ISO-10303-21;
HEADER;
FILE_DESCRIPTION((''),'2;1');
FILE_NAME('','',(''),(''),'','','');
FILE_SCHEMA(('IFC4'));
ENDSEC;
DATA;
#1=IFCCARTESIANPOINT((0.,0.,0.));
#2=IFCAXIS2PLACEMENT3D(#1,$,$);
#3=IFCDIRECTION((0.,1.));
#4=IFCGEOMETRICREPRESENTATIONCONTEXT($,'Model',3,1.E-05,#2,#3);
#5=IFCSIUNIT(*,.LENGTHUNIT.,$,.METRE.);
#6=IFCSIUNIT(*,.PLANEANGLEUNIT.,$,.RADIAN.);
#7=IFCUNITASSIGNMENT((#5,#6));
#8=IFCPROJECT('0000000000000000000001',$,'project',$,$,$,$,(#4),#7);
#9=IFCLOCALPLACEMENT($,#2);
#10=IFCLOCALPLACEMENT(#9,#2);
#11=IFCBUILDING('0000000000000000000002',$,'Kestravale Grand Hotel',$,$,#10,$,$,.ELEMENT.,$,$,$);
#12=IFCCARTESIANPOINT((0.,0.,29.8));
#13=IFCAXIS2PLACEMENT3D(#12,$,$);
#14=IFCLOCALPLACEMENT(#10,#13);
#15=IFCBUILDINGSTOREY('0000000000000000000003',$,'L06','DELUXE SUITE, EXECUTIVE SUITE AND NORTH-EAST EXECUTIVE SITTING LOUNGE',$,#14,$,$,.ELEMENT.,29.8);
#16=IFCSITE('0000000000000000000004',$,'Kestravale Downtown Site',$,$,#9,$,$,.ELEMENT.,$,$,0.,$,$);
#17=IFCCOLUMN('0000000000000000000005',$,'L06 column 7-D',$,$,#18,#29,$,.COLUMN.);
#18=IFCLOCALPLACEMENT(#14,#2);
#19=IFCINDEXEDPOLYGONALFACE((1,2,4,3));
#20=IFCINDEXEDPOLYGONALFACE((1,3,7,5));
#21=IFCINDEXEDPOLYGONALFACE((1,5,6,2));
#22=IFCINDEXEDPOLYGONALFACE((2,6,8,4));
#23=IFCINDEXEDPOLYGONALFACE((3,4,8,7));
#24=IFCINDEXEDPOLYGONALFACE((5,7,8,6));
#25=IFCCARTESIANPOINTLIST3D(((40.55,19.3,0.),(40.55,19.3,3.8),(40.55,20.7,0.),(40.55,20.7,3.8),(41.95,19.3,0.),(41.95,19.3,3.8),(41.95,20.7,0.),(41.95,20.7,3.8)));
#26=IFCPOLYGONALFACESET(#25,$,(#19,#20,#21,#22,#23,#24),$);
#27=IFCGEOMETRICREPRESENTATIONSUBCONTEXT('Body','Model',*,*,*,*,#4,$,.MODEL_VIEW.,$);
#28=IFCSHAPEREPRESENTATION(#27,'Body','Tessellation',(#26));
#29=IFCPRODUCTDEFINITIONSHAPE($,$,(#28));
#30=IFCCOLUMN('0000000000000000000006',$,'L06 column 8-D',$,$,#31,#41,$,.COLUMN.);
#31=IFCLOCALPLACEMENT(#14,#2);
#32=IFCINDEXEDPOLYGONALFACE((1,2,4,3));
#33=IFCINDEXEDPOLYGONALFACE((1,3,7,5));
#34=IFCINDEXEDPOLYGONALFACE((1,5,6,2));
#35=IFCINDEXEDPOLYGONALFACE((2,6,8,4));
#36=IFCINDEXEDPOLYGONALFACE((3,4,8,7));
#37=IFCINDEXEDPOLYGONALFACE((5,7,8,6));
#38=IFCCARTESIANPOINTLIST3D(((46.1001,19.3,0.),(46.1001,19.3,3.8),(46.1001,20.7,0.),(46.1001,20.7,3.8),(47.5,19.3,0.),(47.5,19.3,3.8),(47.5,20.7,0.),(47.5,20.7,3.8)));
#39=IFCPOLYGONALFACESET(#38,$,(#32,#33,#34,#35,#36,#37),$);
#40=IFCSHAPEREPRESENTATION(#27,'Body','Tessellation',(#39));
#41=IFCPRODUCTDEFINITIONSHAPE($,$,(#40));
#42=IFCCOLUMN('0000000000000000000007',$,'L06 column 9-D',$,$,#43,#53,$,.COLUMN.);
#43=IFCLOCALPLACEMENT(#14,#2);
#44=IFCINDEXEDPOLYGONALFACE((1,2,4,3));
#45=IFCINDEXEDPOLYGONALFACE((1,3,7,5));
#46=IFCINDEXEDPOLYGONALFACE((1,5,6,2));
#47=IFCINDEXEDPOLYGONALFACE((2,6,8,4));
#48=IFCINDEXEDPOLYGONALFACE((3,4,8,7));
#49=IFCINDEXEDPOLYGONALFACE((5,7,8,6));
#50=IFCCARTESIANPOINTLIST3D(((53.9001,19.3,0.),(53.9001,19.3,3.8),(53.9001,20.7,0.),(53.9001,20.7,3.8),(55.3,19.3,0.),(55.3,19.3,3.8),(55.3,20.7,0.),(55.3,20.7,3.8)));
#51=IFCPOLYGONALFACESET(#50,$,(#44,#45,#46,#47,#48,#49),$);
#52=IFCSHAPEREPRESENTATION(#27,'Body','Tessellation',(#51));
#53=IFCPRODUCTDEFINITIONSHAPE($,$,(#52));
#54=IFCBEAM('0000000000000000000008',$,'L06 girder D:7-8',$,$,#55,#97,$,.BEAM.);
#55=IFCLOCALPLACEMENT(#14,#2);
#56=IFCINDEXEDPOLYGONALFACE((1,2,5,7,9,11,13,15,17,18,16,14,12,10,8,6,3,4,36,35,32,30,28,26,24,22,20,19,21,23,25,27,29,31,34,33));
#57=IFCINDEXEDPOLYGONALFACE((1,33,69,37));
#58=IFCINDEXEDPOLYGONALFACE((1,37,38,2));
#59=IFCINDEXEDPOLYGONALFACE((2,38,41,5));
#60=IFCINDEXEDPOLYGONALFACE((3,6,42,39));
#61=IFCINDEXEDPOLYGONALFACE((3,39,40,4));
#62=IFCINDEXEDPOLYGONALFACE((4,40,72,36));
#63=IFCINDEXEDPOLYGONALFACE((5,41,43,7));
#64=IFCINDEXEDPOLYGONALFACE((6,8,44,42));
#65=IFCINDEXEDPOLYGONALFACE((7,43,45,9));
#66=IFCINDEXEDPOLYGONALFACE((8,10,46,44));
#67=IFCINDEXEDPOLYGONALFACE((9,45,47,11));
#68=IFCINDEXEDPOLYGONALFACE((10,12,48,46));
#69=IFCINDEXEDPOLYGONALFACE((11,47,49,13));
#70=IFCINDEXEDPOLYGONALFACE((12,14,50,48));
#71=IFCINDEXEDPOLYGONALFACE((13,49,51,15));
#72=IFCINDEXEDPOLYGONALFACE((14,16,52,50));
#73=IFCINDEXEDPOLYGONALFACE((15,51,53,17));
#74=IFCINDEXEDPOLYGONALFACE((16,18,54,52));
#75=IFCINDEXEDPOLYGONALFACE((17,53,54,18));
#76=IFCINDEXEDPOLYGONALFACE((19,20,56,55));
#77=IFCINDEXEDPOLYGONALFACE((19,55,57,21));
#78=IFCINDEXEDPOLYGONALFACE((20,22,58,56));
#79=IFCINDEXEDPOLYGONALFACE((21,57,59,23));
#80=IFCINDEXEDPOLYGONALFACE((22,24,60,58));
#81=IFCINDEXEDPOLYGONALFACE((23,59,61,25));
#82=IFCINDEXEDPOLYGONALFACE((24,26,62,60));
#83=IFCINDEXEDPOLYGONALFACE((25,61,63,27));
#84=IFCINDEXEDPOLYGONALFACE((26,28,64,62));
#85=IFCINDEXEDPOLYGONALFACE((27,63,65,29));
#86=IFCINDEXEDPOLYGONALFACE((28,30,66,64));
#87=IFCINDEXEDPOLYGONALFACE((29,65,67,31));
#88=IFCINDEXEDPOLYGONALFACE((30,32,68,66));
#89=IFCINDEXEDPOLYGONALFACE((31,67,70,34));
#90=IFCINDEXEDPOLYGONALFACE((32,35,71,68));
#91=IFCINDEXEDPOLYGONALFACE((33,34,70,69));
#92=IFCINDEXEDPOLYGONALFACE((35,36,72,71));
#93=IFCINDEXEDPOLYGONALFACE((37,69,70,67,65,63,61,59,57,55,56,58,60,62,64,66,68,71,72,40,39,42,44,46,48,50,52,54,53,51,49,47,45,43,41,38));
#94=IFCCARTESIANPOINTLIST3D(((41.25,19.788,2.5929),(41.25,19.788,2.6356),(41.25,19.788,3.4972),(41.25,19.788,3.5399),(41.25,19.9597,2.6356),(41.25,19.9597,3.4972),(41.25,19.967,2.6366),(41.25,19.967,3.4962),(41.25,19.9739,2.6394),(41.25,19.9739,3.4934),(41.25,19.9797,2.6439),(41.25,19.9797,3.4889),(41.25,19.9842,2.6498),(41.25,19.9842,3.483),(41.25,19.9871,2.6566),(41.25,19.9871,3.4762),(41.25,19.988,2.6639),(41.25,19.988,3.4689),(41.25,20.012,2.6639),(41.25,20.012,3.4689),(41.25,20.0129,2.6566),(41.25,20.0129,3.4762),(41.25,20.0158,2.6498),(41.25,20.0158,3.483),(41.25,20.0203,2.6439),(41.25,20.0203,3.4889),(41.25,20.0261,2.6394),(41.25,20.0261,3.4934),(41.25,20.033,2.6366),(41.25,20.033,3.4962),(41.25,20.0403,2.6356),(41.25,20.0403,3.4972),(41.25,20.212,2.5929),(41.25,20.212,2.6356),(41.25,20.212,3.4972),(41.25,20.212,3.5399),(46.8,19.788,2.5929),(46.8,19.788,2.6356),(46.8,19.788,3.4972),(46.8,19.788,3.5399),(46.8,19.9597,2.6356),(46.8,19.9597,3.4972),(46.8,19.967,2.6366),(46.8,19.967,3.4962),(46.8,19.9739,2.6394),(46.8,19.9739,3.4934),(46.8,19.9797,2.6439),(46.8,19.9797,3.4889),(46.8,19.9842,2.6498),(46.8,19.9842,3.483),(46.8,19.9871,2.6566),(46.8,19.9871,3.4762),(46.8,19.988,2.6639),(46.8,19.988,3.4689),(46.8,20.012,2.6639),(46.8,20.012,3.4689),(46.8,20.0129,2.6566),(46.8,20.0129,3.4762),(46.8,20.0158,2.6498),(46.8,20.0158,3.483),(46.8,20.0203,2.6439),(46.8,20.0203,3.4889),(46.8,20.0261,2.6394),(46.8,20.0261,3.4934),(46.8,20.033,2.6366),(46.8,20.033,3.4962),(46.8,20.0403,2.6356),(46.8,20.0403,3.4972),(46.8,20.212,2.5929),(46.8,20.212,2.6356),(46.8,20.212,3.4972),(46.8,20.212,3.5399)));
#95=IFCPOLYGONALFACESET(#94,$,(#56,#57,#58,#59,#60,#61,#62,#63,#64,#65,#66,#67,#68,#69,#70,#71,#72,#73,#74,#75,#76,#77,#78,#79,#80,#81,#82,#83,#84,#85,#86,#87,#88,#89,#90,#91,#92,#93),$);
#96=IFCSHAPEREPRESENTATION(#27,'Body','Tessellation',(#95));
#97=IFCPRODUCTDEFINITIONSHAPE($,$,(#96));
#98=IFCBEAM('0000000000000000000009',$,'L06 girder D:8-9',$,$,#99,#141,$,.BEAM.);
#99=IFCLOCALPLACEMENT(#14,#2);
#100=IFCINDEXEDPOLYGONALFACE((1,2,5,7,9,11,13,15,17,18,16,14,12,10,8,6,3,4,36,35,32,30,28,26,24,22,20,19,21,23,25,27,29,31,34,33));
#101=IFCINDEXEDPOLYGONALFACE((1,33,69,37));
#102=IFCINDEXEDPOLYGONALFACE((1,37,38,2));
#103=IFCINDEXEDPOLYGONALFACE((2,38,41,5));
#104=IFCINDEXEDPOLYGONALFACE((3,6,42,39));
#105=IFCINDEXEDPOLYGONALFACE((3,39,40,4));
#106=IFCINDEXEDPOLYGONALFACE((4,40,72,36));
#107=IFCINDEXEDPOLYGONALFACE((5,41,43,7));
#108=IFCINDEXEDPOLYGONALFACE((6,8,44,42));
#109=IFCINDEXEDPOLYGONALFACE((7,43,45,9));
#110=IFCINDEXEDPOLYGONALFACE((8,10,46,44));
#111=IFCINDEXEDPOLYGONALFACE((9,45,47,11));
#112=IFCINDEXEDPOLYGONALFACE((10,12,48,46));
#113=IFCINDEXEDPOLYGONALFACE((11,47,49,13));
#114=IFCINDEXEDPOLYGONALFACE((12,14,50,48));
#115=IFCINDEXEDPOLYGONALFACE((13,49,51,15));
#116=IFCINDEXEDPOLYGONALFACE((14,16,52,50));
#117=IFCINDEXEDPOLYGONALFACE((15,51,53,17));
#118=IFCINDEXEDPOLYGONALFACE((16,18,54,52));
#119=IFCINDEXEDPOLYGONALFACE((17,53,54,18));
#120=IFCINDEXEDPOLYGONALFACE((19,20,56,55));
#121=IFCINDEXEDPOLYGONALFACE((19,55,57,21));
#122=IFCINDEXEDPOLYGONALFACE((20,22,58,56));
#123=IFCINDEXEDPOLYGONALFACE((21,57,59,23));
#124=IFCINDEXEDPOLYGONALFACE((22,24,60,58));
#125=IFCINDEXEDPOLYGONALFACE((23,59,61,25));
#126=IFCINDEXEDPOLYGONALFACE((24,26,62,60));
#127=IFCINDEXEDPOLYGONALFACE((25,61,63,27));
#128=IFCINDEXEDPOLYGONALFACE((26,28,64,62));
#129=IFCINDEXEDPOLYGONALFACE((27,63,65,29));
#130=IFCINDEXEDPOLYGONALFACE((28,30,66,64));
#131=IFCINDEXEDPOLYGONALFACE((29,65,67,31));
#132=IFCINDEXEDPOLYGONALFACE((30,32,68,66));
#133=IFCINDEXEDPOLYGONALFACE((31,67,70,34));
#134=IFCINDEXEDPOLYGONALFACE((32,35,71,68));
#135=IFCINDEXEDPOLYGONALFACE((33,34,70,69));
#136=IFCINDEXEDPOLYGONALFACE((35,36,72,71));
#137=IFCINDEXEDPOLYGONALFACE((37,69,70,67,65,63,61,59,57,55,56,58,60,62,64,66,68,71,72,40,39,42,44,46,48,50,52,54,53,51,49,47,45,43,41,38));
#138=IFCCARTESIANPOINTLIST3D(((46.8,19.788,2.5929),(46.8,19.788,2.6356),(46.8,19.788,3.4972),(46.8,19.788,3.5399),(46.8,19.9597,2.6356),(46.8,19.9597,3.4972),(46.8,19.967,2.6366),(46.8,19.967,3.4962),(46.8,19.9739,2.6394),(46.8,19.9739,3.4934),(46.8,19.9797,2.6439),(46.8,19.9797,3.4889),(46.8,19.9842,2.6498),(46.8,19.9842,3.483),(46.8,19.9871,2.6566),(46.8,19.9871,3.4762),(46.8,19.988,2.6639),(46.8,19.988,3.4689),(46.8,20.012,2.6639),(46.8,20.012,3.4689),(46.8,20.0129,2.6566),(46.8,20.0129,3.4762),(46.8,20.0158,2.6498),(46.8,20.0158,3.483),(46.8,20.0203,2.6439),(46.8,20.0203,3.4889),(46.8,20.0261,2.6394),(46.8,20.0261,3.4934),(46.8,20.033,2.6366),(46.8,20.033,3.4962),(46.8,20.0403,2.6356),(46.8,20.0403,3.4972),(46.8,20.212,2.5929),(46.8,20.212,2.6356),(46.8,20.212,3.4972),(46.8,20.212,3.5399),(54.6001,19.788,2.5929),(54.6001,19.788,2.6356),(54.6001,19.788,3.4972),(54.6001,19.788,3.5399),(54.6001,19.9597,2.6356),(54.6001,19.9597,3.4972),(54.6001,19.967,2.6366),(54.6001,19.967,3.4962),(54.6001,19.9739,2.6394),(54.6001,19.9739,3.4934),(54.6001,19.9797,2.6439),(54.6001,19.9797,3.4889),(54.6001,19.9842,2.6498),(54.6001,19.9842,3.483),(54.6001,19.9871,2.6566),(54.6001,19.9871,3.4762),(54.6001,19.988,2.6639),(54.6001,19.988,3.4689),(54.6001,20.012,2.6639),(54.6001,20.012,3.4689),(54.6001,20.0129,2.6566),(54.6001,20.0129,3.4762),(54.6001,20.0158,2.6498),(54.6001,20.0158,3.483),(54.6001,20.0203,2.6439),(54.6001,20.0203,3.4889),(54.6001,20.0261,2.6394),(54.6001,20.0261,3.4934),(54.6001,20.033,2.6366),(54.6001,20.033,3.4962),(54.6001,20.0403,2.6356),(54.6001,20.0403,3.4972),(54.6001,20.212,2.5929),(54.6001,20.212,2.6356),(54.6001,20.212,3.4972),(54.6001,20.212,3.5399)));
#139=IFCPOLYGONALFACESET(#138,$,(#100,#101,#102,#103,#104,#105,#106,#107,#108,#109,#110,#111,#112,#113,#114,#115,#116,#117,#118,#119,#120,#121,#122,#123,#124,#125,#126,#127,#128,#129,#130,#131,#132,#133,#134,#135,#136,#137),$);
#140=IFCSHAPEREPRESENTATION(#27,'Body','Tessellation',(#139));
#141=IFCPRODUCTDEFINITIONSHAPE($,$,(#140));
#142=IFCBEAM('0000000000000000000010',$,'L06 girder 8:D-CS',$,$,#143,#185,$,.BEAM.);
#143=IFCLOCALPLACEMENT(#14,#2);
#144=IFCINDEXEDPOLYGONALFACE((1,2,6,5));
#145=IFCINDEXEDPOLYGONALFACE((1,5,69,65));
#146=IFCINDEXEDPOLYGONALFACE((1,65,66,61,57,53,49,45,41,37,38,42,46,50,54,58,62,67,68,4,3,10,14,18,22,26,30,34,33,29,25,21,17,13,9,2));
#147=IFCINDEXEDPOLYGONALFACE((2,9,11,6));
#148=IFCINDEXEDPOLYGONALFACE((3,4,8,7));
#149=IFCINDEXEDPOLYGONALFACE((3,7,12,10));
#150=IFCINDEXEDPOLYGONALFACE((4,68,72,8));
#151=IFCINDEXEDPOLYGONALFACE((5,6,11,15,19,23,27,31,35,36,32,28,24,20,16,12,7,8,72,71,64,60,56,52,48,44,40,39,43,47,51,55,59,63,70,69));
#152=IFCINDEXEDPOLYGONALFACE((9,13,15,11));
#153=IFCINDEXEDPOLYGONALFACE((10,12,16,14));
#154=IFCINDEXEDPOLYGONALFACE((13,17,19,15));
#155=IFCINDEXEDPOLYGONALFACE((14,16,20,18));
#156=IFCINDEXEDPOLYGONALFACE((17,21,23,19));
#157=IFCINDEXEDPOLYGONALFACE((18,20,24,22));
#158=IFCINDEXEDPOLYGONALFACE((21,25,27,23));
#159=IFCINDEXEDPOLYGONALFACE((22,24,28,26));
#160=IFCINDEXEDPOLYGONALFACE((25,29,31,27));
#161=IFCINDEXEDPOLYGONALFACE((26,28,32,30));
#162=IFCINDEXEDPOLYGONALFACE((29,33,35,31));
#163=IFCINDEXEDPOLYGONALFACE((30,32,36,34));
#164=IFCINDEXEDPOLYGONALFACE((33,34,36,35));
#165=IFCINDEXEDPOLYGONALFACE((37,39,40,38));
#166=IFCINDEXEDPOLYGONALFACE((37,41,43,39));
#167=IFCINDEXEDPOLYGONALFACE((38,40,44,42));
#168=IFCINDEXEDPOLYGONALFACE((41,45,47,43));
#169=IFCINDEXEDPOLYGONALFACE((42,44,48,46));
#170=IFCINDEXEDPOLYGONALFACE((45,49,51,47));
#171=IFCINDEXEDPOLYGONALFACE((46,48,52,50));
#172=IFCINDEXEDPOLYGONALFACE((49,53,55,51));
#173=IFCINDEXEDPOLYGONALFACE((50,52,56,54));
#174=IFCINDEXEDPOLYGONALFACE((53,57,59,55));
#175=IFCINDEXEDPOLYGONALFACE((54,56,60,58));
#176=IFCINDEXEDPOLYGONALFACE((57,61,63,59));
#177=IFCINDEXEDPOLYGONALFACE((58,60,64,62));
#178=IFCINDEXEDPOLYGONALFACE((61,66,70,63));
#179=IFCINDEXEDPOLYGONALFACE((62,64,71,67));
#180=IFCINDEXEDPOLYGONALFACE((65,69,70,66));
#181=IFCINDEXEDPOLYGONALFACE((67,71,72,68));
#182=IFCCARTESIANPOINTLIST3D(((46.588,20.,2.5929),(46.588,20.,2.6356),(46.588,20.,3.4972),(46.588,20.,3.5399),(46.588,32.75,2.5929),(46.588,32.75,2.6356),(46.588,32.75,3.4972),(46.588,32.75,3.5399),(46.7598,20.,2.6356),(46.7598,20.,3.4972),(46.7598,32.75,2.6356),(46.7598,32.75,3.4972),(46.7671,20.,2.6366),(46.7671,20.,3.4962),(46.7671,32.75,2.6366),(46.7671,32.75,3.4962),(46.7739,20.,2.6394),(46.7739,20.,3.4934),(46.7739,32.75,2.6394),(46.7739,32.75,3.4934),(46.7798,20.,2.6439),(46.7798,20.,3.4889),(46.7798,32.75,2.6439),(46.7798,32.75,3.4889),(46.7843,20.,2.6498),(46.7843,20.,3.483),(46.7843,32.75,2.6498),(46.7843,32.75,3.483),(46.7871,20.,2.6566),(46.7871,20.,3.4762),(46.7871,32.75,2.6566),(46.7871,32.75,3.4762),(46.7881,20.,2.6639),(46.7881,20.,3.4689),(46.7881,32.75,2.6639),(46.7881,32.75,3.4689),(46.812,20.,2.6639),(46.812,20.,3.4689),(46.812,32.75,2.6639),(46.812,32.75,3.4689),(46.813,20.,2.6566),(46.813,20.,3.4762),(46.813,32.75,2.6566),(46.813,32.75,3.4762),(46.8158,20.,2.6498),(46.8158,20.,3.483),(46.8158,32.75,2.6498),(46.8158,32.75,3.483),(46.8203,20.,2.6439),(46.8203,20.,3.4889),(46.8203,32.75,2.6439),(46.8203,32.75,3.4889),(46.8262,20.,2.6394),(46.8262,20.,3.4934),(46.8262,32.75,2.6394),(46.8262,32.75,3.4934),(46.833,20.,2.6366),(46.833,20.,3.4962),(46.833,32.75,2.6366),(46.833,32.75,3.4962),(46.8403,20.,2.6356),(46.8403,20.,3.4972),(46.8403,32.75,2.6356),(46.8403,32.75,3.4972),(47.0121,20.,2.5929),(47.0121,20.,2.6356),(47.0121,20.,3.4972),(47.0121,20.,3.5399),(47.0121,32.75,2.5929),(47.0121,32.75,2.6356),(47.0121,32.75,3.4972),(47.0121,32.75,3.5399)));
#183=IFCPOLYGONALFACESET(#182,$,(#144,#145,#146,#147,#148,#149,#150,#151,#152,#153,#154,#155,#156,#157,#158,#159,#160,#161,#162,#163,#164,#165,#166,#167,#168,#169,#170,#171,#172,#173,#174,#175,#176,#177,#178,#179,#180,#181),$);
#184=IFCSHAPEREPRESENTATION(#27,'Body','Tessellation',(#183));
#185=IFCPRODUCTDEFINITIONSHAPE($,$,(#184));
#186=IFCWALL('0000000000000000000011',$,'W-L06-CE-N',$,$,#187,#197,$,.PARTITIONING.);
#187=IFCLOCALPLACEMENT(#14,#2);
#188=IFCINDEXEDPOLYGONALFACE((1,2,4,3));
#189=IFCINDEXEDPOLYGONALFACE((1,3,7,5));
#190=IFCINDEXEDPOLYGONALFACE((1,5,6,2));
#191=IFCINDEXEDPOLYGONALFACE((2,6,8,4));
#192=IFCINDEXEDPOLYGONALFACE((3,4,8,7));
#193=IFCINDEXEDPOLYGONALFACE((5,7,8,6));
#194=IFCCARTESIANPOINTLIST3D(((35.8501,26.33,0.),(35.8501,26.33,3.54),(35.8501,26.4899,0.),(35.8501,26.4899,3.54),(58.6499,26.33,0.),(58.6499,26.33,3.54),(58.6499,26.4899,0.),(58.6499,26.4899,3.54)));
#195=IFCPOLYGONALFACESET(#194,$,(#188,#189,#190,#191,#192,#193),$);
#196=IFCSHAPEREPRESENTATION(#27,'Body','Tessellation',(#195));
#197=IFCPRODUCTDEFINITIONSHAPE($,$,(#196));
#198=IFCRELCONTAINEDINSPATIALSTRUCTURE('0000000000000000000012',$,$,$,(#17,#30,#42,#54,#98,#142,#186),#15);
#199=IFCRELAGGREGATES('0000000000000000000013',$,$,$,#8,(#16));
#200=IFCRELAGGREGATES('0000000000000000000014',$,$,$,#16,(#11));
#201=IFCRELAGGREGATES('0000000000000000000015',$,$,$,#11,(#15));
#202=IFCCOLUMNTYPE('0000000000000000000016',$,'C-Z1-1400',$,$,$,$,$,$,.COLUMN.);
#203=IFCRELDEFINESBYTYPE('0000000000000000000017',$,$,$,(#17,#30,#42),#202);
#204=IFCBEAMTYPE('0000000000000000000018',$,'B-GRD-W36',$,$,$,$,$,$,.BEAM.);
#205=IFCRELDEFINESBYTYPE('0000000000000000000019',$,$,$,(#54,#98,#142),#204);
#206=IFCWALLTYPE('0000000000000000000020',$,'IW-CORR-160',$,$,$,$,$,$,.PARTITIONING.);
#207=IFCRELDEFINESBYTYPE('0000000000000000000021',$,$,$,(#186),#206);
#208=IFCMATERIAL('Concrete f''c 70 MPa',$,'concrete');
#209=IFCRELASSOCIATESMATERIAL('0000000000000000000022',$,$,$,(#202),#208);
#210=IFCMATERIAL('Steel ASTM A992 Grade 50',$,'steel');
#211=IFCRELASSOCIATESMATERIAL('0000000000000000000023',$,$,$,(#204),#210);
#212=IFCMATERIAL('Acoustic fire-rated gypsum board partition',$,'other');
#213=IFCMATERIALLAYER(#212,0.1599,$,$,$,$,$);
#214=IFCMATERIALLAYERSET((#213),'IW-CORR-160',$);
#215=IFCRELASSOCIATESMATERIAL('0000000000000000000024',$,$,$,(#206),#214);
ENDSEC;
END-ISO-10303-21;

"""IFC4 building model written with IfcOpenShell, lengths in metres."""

from ifc_helpers import new_model, si_unit, direction, frame, frame_2d, origin, origin_2d, place, context, subcontext, project, spatial, rectangle, i_section, extrude, material, layer, layer_set, material_profile, profile_set, type_object, element, save


model = new_model("IFC4")

# Units and contexts
model_context = context("Model", 3, precision=1e-05, world=origin(), true_north=direction((0.0, 1.0)))
body_context = subcontext(model_context, "Body", "Model", "MODEL_VIEW")
ifc_project = project(units=[si_unit("LENGTHUNIT", "METRE"), si_unit("PLANEANGLEUNIT", "RADIAN")], contexts=[model_context])

# Site, building, storey
site_placement = place(None, origin())
site = spatial("IfcSite", under=ifc_project, at=site_placement, Name="Kestravale Downtown Site", CompositionType="ELEMENT", RefElevation=0.0)
building_placement = place(site_placement, origin())
building = spatial("IfcBuilding", under=site, at=building_placement, Name="Kestravale Grand Hotel", CompositionType="ELEMENT")
storey_placement = place(building_placement, frame((0.0, 0.0, 29.8)))
storey = spatial("IfcBuildingStorey", under=building, at=storey_placement, Name="L06", Description="DELUXE SUITE, EXECUTIVE SUITE AND NORTH-EAST EXECUTIVE SITTING LOUNGE", CompositionType="ELEMENT", Elevation=29.8)

# Columns
ifc_material_1 = material(Name="Concrete f'c 70 MPa", Category="concrete")
ifc_material_profile_1 = material_profile(ifc_material_1, rectangle(XDim=1.3999, YDim=1.3999, at=origin_2d()))
ifc_profile_set_1 = profile_set([ifc_material_profile_1], Name="Concrete f'c 70 MPa")
column_type = type_object("IfcColumnType", Name="C-Z1-1400", PredefinedType="COLUMN", material=ifc_profile_set_1)
for number, where, z_axis, x_axis, name in (
    (1, (41.25, 20.0, 0.0), (0.0, 0.0, 1.0), (1.0, 0.0, 0.0), "L06 column 7-D"),
    (2, (46.8, 20.0, 0.0), (0.0, 0.0, 1.0), (1.0, 0.0, 0.0), "L06 column 8-D"),
    (3, (54.6001, 20.0, 0.0), (0.0, 0.0, 1.0), (1.0, 0.0, 0.0), "L06 column 9-D"),
):
    element("IfcColumn", number, at=place(storey_placement, frame(where, z_axis=z_axis, x_axis=x_axis)), inside=storey, type_object=column_type, Name=name, PredefinedType="COLUMN", context=body_context, shape_type="SweptSolid", body=[
        extrude(rectangle(XDim=1.3999, YDim=1.3999, at=origin_2d()), origin(), (0.0, 0.0, 1.0), 3.8),
    ])

# Beams
ifc_material_2 = material(Name="Steel ASTM A992 Grade 50", Category="steel")
ifc_material_profile_2 = material_profile(ifc_material_2, i_section(OverallWidth=0.4241, OverallDepth=0.947, WebThickness=0.0239, FlangeThickness=0.0427, FilletRadius=0.0283, at=origin_2d()))
ifc_profile_set_2 = profile_set([ifc_material_profile_2], Name="Steel ASTM A992 Grade 50")
beam_type = type_object("IfcBeamType", Name="B-GRD-W36", PredefinedType="BEAM", material=ifc_profile_set_2)
beam_1_placement = place(storey_placement, frame((41.25, 20.0, 3.0664), z_axis=(1.0, 0.0, 0.0), x_axis=(0.0, 1.0, 0.0)))
element("IfcBeam", 4, at=beam_1_placement, inside=storey, type_object=beam_type, Name="L06 girder D:7-8", PredefinedType="BEAM", context=body_context, shape_type="SweptSolid", body=[
    extrude(i_section(OverallWidth=0.4241, OverallDepth=0.947, WebThickness=0.0239, FlangeThickness=0.0427, FilletRadius=0.0283, at=origin_2d()), origin(), (0.0, 0.0, 1.0), 5.55),
])
beam_2_placement = place(storey_placement, frame((46.8, 20.0, 3.0664), z_axis=(1.0, 0.0, 0.0), x_axis=(0.0, 1.0, 0.0)))
element("IfcBeam", 5, at=beam_2_placement, inside=storey, type_object=beam_type, Name="L06 girder D:8-9", PredefinedType="BEAM", context=body_context, shape_type="SweptSolid", body=[
    extrude(i_section(OverallWidth=0.4241, OverallDepth=0.947, WebThickness=0.0239, FlangeThickness=0.0427, FilletRadius=0.0283, at=origin_2d()), origin(), (0.0, 0.0, 1.0), 7.8),
])
beam_3_placement = place(storey_placement, frame((46.8, 20.0, 3.0664), z_axis=(0.0, 1.0, 0.0), x_axis=(-1.0, 0.0, 0.0)))
element("IfcBeam", 6, at=beam_3_placement, inside=storey, type_object=beam_type, Name="L06 girder 8:D-CS", PredefinedType="BEAM", context=body_context, shape_type="SweptSolid", body=[
    extrude(i_section(OverallWidth=0.4241, OverallDepth=0.947, WebThickness=0.0239, FlangeThickness=0.0427, FilletRadius=0.0283, at=origin_2d()), origin(), (0.0, 0.0, 1.0), 12.75),
])

# Wall
ifc_material_3 = material(Name="Acoustic fire-rated gypsum board partition", Category="other")
ifc_layer_1 = layer(ifc_material_3, 0.1599)
ifc_layer_set_1 = layer_set([ifc_layer_1], Name="IW-CORR-160")
wall_type_1 = type_object("IfcWallType", Name="IW-CORR-160", PredefinedType="PARTITIONING", material=ifc_layer_set_1)
wall_1_placement = place(storey_placement, frame((35.8501, 26.4099, 0.0), z_axis=(0.0, 0.0, 1.0), x_axis=(1.0, 0.0, 0.0)))
element("IfcWall", 7, at=wall_1_placement, inside=storey, type_object=wall_type_1, Name="W-L06-CE-N", PredefinedType="PARTITIONING", context=body_context, shape_type="SweptSolid", body=[
    extrude(rectangle(XDim=22.7998, YDim=0.1599, at=frame_2d((11.3999, 0.0))), origin(), (0.0, 0.0, 1.0), 3.54),
])

save(model, "model.ifc")
